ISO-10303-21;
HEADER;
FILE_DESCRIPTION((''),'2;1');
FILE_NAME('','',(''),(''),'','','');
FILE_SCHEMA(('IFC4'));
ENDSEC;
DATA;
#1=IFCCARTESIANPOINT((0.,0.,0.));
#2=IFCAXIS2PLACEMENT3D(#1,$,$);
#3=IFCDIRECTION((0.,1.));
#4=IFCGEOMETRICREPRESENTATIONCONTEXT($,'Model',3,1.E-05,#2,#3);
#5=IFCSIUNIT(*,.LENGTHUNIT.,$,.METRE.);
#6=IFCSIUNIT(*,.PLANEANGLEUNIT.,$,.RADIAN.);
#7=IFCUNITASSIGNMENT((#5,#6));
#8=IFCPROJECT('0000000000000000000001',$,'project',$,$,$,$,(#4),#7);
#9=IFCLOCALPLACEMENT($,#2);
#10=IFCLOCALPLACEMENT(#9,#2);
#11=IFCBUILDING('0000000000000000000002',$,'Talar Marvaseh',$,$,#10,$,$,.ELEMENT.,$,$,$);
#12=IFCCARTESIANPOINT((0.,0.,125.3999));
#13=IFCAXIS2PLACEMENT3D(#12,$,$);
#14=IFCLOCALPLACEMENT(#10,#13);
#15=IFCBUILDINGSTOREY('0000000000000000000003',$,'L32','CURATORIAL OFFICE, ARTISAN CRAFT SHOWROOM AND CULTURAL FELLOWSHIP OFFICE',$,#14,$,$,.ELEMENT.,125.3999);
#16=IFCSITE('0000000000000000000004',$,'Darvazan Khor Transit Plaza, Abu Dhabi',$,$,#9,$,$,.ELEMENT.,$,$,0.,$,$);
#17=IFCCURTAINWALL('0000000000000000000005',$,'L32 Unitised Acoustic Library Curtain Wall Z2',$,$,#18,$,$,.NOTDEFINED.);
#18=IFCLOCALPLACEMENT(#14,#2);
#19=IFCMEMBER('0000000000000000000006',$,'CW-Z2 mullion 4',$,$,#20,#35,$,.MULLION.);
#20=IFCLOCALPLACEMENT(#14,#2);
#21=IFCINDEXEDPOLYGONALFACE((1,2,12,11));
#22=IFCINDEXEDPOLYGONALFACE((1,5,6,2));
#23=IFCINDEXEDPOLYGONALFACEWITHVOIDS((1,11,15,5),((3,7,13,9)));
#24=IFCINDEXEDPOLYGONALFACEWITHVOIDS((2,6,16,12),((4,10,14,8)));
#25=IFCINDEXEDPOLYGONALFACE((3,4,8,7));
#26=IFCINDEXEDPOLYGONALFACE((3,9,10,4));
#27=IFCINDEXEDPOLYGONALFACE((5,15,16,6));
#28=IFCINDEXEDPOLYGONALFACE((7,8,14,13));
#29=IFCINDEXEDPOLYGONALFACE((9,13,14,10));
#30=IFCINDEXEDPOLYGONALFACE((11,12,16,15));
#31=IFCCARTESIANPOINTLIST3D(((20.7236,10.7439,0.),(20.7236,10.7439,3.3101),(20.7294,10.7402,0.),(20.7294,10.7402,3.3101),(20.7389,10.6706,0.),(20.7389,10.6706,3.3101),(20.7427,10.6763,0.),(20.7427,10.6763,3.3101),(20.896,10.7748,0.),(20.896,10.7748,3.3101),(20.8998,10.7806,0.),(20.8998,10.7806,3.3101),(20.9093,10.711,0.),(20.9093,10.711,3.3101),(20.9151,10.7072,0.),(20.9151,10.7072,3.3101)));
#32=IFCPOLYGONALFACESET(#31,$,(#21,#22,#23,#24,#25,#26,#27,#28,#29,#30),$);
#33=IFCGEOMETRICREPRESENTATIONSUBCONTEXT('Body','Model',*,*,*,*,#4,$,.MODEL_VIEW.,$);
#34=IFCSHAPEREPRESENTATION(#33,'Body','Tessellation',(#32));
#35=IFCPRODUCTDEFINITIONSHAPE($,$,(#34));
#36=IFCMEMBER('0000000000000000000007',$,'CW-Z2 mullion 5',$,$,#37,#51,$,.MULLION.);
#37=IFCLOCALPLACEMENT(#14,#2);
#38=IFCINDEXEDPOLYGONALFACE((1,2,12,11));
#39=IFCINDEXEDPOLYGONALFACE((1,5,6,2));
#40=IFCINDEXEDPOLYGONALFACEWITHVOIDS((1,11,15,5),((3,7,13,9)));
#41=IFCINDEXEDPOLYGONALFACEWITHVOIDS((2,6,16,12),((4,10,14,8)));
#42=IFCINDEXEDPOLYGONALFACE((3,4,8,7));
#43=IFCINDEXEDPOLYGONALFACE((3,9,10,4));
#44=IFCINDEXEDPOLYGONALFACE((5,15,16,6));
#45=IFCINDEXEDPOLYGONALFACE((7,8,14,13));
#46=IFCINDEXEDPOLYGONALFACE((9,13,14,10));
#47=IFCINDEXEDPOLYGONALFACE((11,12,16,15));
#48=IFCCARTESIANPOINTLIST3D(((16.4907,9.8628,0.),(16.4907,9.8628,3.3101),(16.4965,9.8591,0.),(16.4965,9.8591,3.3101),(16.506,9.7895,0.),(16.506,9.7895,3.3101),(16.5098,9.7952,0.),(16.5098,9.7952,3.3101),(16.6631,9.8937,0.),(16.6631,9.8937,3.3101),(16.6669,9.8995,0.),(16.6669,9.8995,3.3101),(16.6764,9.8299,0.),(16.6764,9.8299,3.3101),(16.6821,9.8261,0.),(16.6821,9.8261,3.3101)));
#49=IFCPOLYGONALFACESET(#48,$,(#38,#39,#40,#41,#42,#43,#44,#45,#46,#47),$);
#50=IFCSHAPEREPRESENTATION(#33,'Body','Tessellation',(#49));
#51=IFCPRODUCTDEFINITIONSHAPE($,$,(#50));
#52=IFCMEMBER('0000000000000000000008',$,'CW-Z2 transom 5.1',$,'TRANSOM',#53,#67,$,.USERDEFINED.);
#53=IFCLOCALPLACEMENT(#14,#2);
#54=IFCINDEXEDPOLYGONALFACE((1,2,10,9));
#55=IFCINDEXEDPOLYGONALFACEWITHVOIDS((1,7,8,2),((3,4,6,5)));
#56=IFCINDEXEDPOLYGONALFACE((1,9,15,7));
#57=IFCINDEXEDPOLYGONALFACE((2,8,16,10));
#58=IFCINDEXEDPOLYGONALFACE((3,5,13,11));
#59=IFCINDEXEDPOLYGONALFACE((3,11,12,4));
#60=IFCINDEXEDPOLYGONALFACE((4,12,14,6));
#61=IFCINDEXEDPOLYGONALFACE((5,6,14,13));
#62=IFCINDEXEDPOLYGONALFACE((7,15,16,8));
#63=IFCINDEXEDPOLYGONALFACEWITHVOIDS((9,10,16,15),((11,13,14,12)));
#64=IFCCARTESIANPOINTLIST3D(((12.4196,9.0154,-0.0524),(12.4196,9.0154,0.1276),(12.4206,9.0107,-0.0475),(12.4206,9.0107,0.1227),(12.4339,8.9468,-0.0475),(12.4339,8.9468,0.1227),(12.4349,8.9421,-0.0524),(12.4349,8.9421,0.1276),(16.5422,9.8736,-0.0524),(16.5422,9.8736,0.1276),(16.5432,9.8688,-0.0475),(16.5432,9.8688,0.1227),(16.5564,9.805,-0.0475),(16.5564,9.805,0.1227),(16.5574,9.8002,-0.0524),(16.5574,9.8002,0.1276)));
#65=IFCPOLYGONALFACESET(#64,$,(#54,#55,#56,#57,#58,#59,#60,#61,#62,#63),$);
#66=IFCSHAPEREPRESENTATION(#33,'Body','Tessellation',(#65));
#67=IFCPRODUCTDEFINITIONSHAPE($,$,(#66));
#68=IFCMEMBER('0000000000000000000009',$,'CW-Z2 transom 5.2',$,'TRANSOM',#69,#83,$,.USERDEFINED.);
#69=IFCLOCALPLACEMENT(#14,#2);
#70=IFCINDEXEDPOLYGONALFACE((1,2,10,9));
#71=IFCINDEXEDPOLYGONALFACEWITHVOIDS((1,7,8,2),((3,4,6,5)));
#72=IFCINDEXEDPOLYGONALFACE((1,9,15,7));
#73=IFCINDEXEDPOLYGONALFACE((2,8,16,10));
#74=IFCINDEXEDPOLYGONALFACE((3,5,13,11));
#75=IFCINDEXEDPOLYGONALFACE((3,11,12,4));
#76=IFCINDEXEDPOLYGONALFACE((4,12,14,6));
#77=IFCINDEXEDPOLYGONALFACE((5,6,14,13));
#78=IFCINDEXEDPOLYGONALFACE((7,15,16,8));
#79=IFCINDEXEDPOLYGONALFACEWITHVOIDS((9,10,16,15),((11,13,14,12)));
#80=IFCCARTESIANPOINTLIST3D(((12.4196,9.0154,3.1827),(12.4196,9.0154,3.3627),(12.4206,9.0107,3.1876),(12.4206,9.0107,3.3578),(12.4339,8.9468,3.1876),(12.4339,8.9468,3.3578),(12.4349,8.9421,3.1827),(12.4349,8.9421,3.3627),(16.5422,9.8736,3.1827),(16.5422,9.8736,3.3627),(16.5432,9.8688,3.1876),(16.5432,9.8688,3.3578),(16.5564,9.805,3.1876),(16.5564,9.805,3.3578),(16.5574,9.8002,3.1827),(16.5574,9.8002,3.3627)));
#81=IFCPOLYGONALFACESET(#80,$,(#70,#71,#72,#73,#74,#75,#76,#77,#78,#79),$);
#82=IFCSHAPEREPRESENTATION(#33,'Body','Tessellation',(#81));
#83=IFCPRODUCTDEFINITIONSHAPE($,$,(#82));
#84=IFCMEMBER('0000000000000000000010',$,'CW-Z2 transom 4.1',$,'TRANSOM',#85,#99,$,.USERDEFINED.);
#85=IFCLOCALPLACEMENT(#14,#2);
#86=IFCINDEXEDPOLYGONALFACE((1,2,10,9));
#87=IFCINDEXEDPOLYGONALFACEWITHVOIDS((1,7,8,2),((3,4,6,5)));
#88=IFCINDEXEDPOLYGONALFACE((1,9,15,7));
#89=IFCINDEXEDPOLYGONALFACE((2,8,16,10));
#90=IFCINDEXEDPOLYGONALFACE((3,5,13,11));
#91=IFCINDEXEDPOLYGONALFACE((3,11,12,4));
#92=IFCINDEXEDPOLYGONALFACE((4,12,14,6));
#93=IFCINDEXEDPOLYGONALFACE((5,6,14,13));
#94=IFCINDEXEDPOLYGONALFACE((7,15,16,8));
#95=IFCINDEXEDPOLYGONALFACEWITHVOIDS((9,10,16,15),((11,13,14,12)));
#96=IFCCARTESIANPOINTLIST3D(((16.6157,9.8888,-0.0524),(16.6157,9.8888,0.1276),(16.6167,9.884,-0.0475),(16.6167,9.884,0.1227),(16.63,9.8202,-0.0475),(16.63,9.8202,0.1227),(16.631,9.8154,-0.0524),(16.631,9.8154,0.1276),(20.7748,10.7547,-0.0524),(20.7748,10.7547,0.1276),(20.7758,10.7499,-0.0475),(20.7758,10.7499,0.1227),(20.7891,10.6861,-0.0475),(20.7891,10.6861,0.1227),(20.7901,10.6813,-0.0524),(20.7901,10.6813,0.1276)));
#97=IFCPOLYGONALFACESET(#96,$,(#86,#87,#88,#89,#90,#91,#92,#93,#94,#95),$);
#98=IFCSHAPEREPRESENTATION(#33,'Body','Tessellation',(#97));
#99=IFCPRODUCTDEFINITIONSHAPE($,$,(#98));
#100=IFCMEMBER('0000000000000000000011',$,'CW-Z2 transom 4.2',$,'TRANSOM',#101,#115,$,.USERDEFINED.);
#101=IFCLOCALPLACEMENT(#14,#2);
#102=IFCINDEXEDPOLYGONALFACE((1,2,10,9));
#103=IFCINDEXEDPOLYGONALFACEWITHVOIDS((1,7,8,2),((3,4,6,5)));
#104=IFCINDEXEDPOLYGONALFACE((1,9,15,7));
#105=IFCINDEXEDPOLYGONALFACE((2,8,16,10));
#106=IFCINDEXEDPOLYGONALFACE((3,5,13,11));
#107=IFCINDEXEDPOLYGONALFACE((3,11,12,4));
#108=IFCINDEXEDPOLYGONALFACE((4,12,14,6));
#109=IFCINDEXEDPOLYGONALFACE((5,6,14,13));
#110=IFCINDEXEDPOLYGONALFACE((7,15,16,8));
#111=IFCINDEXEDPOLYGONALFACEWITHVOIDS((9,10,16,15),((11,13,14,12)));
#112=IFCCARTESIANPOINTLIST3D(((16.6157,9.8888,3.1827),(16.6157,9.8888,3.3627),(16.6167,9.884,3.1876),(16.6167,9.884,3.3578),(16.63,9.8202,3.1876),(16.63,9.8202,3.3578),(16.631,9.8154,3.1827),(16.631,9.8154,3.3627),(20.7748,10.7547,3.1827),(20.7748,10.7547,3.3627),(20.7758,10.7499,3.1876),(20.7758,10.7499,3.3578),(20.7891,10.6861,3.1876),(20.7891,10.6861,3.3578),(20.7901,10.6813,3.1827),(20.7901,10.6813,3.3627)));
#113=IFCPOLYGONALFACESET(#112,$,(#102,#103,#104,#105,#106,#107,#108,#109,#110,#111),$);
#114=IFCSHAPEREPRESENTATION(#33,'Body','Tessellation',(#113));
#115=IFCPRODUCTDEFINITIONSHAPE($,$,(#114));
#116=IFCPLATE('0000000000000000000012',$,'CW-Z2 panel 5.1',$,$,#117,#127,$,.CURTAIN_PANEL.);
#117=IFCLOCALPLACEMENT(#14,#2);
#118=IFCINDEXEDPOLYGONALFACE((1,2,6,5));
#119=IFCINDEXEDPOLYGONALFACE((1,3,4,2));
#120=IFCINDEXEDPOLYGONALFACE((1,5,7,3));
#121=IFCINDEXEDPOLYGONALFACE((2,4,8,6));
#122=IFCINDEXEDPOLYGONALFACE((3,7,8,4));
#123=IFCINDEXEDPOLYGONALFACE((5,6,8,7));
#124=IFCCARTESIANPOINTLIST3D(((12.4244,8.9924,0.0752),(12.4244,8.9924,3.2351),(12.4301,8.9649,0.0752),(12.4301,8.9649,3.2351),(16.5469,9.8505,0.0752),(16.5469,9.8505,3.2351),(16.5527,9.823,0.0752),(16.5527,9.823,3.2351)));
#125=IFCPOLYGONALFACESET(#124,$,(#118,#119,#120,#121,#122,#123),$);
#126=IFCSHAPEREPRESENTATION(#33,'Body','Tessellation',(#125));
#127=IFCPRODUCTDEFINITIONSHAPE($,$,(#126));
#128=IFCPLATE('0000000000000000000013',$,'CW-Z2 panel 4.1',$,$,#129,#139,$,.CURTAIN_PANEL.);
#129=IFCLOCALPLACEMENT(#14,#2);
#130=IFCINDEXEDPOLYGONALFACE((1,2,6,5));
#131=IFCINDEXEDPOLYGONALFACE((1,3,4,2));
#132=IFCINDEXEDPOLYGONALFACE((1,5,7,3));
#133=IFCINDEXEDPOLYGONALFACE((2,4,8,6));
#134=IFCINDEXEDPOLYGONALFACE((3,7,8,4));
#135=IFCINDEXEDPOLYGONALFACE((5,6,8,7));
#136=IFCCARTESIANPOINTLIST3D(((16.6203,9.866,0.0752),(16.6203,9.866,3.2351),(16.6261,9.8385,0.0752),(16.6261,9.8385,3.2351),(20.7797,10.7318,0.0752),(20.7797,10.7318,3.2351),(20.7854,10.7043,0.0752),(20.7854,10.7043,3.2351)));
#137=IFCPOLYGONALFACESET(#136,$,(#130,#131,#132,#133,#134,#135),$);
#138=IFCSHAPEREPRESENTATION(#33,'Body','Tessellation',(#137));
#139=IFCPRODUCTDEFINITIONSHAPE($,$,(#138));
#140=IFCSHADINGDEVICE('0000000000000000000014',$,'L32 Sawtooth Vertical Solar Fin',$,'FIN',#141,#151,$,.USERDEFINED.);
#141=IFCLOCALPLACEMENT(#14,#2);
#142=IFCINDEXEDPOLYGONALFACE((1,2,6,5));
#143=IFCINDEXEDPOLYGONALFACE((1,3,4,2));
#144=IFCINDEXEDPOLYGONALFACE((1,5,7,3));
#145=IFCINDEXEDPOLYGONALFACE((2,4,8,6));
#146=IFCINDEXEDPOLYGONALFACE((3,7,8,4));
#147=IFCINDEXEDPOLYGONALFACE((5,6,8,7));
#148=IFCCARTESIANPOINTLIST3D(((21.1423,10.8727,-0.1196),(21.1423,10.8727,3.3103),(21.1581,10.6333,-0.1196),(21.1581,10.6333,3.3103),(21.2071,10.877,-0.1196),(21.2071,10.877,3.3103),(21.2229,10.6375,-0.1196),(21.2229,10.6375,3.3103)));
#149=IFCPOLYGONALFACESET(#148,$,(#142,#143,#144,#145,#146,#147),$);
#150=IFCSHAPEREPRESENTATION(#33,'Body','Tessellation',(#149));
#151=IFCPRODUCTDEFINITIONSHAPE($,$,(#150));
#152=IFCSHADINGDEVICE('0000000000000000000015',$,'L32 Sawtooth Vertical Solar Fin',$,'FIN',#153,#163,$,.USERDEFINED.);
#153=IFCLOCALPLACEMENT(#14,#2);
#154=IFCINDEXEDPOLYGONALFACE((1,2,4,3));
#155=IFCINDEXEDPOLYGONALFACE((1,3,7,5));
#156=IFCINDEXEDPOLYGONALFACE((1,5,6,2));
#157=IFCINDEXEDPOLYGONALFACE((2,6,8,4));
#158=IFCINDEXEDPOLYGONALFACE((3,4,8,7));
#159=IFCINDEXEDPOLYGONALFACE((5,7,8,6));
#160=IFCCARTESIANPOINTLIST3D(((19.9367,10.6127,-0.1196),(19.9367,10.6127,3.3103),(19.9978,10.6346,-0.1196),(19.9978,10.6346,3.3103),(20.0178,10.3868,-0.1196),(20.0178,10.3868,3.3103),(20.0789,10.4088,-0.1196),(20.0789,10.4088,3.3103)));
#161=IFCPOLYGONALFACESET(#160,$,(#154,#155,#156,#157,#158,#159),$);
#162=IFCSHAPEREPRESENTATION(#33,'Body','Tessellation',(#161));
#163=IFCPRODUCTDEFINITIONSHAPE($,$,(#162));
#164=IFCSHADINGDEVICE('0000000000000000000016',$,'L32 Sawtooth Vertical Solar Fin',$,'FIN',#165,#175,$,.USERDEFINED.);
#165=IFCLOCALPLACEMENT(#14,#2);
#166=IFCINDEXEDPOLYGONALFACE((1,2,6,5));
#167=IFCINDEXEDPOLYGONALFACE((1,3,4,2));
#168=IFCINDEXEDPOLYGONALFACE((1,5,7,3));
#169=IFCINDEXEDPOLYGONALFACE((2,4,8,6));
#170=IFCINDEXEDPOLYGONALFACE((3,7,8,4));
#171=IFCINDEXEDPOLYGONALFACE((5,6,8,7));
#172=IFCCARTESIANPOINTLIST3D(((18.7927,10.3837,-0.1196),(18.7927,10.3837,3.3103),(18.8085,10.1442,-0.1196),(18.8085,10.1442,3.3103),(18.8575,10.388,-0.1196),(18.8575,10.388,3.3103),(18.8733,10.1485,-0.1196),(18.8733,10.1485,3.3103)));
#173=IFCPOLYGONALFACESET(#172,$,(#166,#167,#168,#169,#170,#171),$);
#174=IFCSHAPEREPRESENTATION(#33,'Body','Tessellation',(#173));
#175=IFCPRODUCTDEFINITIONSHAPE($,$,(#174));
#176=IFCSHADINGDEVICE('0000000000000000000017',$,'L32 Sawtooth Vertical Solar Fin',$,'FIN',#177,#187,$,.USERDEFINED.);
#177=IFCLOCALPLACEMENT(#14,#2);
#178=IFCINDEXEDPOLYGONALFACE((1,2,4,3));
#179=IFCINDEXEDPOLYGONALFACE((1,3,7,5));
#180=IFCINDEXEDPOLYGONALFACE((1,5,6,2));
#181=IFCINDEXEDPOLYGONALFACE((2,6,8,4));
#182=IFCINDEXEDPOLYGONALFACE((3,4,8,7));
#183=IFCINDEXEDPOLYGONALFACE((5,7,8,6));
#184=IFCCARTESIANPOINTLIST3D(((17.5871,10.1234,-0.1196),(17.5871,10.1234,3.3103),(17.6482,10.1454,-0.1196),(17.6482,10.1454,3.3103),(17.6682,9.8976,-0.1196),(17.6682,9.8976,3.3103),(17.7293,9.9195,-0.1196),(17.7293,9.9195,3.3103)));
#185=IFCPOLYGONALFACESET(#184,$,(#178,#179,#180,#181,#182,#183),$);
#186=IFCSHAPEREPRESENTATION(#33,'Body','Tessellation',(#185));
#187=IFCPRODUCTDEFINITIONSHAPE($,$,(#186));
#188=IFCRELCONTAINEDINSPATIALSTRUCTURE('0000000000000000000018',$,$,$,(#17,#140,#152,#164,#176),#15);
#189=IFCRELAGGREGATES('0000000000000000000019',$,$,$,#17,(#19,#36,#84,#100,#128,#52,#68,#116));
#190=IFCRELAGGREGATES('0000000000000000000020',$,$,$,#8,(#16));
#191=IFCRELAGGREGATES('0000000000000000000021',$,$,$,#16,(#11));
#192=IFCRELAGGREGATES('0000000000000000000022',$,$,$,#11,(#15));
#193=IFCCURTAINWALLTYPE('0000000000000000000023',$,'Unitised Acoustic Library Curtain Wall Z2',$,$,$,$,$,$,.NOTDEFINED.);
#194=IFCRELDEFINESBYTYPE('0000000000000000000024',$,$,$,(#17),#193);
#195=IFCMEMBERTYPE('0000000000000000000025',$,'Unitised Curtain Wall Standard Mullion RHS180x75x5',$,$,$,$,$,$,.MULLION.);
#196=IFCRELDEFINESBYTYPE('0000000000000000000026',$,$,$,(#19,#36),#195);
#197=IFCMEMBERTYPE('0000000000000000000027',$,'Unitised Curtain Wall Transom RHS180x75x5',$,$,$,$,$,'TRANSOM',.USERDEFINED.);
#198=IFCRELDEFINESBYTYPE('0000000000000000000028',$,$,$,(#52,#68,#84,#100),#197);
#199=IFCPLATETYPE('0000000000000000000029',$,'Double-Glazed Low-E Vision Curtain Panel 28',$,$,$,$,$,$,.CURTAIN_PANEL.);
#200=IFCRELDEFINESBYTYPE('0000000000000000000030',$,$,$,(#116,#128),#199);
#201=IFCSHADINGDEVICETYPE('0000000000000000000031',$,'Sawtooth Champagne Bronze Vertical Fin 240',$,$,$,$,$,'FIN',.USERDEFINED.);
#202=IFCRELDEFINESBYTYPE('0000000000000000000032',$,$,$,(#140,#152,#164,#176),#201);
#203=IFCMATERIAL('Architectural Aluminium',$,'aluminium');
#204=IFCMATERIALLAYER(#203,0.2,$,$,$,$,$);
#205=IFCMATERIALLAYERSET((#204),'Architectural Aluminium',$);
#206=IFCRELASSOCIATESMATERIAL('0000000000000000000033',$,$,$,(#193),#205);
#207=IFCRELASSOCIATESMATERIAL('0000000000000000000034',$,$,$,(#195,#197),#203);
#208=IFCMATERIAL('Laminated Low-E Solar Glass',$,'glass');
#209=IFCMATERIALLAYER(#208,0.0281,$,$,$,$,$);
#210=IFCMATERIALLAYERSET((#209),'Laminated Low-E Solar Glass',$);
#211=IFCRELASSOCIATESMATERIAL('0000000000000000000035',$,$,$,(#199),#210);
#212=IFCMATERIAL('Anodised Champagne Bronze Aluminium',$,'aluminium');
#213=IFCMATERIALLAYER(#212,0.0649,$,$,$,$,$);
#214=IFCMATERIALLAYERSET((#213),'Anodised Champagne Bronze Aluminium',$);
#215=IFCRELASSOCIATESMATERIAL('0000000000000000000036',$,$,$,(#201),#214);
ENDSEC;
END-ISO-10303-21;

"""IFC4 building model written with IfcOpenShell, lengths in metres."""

from ifc_helpers import new_model, si_unit, direction, frame, origin, origin_2d, place, context, subcontext, project, spatial, rectangle, hollow_rectangle, extrude, source, transform, mapped, material, layer, layer_set, material_profile, profile_set, type_object, type_shapes, element, aggregate, save


model = new_model("IFC4")

# Units and contexts
model_context = context("Model", 3, precision=1e-05, world=origin(), true_north=direction((0.0, 1.0)))
body_context = subcontext(model_context, "Body", "Model", "MODEL_VIEW")
ifc_project = project(units=[si_unit("LENGTHUNIT", "METRE"), si_unit("PLANEANGLEUNIT", "RADIAN")], contexts=[model_context])

# Site, building, storey
site_placement = place(None, origin())
site = spatial("IfcSite", under=ifc_project, at=site_placement, Name="Darvazan Khor Transit Plaza, Abu Dhabi", CompositionType="ELEMENT", RefElevation=0.0)
building_placement = place(site_placement, origin())
building = spatial("IfcBuilding", under=site, at=building_placement, Name="Talar Marvaseh", CompositionType="ELEMENT")
storey_placement = place(building_placement, frame((0.0, 0.0, 125.3999)))
storey = spatial("IfcBuildingStorey", under=building, at=storey_placement, Name="L32", Description="CURATORIAL OFFICE, ARTISAN CRAFT SHOWROOM AND CULTURAL FELLOWSHIP OFFICE", CompositionType="ELEMENT", Elevation=125.3999)

# Curtain wall, members, plates
ifc_material_1 = material(Name="Architectural Aluminium", Category="aluminium")
ifc_layer_1 = layer(ifc_material_1, 0.2)
ifc_layer_set_1 = layer_set([ifc_layer_1], Name="Architectural Aluminium")
curtain_wall_type = type_object("IfcCurtainWallType", Name="Unitised Acoustic Library Curtain Wall Z2", PredefinedType="NOTDEFINED", material=ifc_layer_set_1)
curtain_wall_placement = place(storey_placement, origin())
curtain_wall = element("IfcCurtainWall", 1, at=curtain_wall_placement, inside=storey, type_object=curtain_wall_type, Name="L32 Unitised Acoustic Library Curtain Wall Z2", PredefinedType="NOTDEFINED")
ifc_material_profile_1 = material_profile(ifc_material_1, hollow_rectangle(XDim=0.075, YDim=0.1799, WallThickness=0.0049, at=origin_2d()), Name="RHS180x75x5")
ifc_profile_set_1 = profile_set([ifc_material_profile_1], Name="Architectural Aluminium")
member_type_1 = type_object("IfcMemberType", Name="Unitised Curtain Wall Standard Mullion RHS180x75x5", PredefinedType="MULLION", material=ifc_profile_set_1)
shared_shape_1 = source(origin(), body_context, "Body", "SweptSolid", [
    extrude(hollow_rectangle(XDim=0.075, YDim=0.1799, WallThickness=0.0049, at=origin_2d()), origin(), (0.0, 0.0, 1.0), 3.3101),
])
type_shapes(member_type_1, [shared_shape_1])
member_1_placement = place(storey_placement, frame((20.8193, 10.7256, 0.0), z_axis=(0.0, 0.0, 1.0), x_axis=(0.203792, -0.979014, 0.0)))
member_1 = element("IfcMember", 2, at=member_1_placement, type_object=member_type_1, Name="CW-Z2 mullion 4", PredefinedType="MULLION", context=body_context, shape_type="MappedRepresentation", body=[
    mapped(shared_shape_1, transform((0.0, 0.0, 0.0), x_axis=(1.0, 0.0, 0.0), y_axis=(0.0, 1.0, 0.0), z_axis=(0.0, 0.0, 1.0), scale=1.0)),
])
member_2_placement = place(storey_placement, frame((16.5864, 9.8445, 0.0), z_axis=(0.0, 0.0, 1.0), x_axis=(0.203792, -0.979014, 0.0)))
member_2 = element("IfcMember", 3, at=member_2_placement, type_object=member_type_1, Name="CW-Z2 mullion 5", PredefinedType="MULLION", context=body_context, shape_type="MappedRepresentation", body=[
    mapped(shared_shape_1, transform((0.0, 0.0, 0.0), x_axis=(1.0, 0.0, 0.0), y_axis=(0.0, 1.0, 0.0), z_axis=(0.0, 0.0, 1.0), scale=1.0)),
])
ifc_material_profile_2 = material_profile(ifc_material_1, hollow_rectangle(XDim=0.075, YDim=0.1799, WallThickness=0.0049, at=origin_2d()), Name="RHS180x75x5")
ifc_profile_set_2 = profile_set([ifc_material_profile_2], Name="Architectural Aluminium")
member_type_2 = type_object("IfcMemberType", Name="Unitised Curtain Wall Transom RHS180x75x5", ElementType="TRANSOM", PredefinedType="USERDEFINED", material=ifc_profile_set_2)
shared_shape_2 = source(origin(), body_context, "Body", "SweptSolid", [
    extrude(hollow_rectangle(XDim=0.075, YDim=0.1799, WallThickness=0.0049, at=origin_2d()), origin(), (0.0, 0.0, 1.0), 4.2109),
])
member_3_placement = place(storey_placement, frame((16.5498, 9.8369, 0.0376), z_axis=(-0.979014, -0.203792, 0.0), x_axis=(0.203792, -0.979014, 0.0)))
member_3 = element("IfcMember", 4, at=member_3_placement, type_object=member_type_2, Name="CW-Z2 transom 5.1", ObjectType="TRANSOM", PredefinedType="USERDEFINED", context=body_context, shape_type="MappedRepresentation", body=[
    mapped(shared_shape_2, transform((0.0, 0.0, 0.0), x_axis=(1.0, 0.0, 0.0), y_axis=(0.0, 1.0, 0.0), z_axis=(0.0, 0.0, 1.0), scale=1.0)),
])
member_4_placement = place(storey_placement, frame((16.5498, 9.8369, 3.2727), z_axis=(-0.979014, -0.203792, 0.0), x_axis=(0.203792, -0.979014, 0.0)))
member_4 = element("IfcMember", 5, at=member_4_placement, type_object=member_type_2, Name="CW-Z2 transom 5.2", ObjectType="TRANSOM", PredefinedType="USERDEFINED", context=body_context, shape_type="MappedRepresentation", body=[
    mapped(shared_shape_2, transform((0.0, 0.0, 0.0), x_axis=(1.0, 0.0, 0.0), y_axis=(0.0, 1.0, 0.0), z_axis=(0.0, 0.0, 1.0), scale=1.0)),
])
shared_shape_3 = source(origin(), body_context, "Body", "SweptSolid", [
    extrude(hollow_rectangle(XDim=0.075, YDim=0.1799, WallThickness=0.0049, at=origin_2d()), origin(), (0.0, 0.0, 1.0), 4.2483),
])
type_shapes(member_type_2, [shared_shape_2, shared_shape_3])
member_5_placement = place(storey_placement, frame((20.7825, 10.718, 0.0376), z_axis=(-0.979005, -0.203835, 0.0), x_axis=(0.203835, -0.979005, 0.0)))
member_5 = element("IfcMember", 6, at=member_5_placement, type_object=member_type_2, Name="CW-Z2 transom 4.1", ObjectType="TRANSOM", PredefinedType="USERDEFINED", context=body_context, shape_type="MappedRepresentation", body=[
    mapped(shared_shape_3, transform((0.0, 0.0, 0.0), x_axis=(1.0, 0.0, 0.0), y_axis=(0.0, 1.0, 0.0), z_axis=(0.0, 0.0, 1.0), scale=1.0)),
])
member_6_placement = place(storey_placement, frame((20.7825, 10.718, 3.2727), z_axis=(-0.979005, -0.203835, 0.0), x_axis=(0.203835, -0.979005, 0.0)))
member_6 = element("IfcMember", 7, at=member_6_placement, type_object=member_type_2, Name="CW-Z2 transom 4.2", ObjectType="TRANSOM", PredefinedType="USERDEFINED", context=body_context, shape_type="MappedRepresentation", body=[
    mapped(shared_shape_3, transform((0.0, 0.0, 0.0), x_axis=(1.0, 0.0, 0.0), y_axis=(0.0, 1.0, 0.0), z_axis=(0.0, 0.0, 1.0), scale=1.0)),
])
ifc_material_2 = material(Name="Laminated Low-E Solar Glass", Category="glass")
ifc_layer_2 = layer(ifc_material_2, 0.0281)
ifc_layer_set_2 = layer_set([ifc_layer_2], Name="Laminated Low-E Solar Glass")
plate_type = type_object("IfcPlateType", Name="Double-Glazed Low-E Vision Curtain Panel 28", PredefinedType="CURTAIN_PANEL", material=ifc_layer_set_2)
shared_shape_4 = source(origin(), body_context, "Body", "SweptSolid", [
    extrude(rectangle(XDim=4.2109, YDim=0.0281, at=origin_2d()), origin(), (0.0, 0.0, 1.0), 3.1599),
])
plate_1_placement = place(storey_placement, frame((14.4885, 9.4077, 0.0752), z_axis=(0.0, 0.0, 1.0), x_axis=(-0.979014, -0.203792, 0.0)))
plate_1 = element("IfcPlate", 8, at=plate_1_placement, type_object=plate_type, Name="CW-Z2 panel 5.1", PredefinedType="CURTAIN_PANEL", context=body_context, shape_type="MappedRepresentation", body=[
    mapped(shared_shape_4, transform((0.0, 0.0, 0.0), x_axis=(1.0, 0.0, 0.0), y_axis=(0.0, 1.0, 0.0), z_axis=(0.0, 0.0, 1.0), scale=1.0)),
])
shared_shape_5 = source(origin(), body_context, "Body", "SweptSolid", [
    extrude(rectangle(XDim=4.2485, YDim=0.0281, at=origin_2d()), origin(), (0.0, 0.0, 1.0), 3.1599),
])
type_shapes(plate_type, [shared_shape_4, shared_shape_5])
plate_2_placement = place(storey_placement, frame((18.7029, 10.2852, 0.0752), z_axis=(0.0, 0.0, 1.0), x_axis=(-0.979014, -0.203792, 0.0)))
plate_2 = element("IfcPlate", 9, at=plate_2_placement, type_object=plate_type, Name="CW-Z2 panel 4.1", PredefinedType="CURTAIN_PANEL", context=body_context, shape_type="MappedRepresentation", body=[
    mapped(shared_shape_5, transform((0.0, 0.0, 0.0), x_axis=(1.0, 0.0, 0.0), y_axis=(0.0, 1.0, 0.0), z_axis=(0.0, 0.0, 1.0), scale=1.0)),
])
aggregate(curtain_wall, [member_1, member_2, member_5, member_6, plate_2, member_3, member_4, plate_1])

# Shading devices
ifc_material_3 = material(Name="Anodised Champagne Bronze Aluminium", Category="aluminium")
ifc_layer_3 = layer(ifc_material_3, 0.0649)
ifc_layer_set_3 = layer_set([ifc_layer_3], Name="Anodised Champagne Bronze Aluminium")
shading_device_type = type_object("IfcShadingDeviceType", Name="Sawtooth Champagne Bronze Vertical Fin 240", ElementType="FIN", PredefinedType="USERDEFINED", material=ifc_layer_set_3)
shared_shape_6 = source(origin(), body_context, "Body", "SweptSolid", [
    extrude(rectangle(XDim=0.24, YDim=0.0649, at=origin_2d()), origin(), (0.0, 0.0, 1.0), 3.4299),
])
type_shapes(shading_device_type, [shared_shape_6])
for number, where, z_axis, x_axis, name in (
    (10, (21.1826, 10.7551, -0.1196), (0.0, 0.0, 1.0), (0.065577, -0.997847, 0.0), "L32 Sawtooth Vertical Solar Fin"),
    (11, (20.0078, 10.5107, -0.1196), (0.0, 0.0, 1.0), (0.338081, -0.941117, 0.0), "L32 Sawtooth Vertical Solar Fin"),
    (12, (18.833, 10.2661, -0.1196), (0.0, 0.0, 1.0), (0.065577, -0.997847, 0.0), "L32 Sawtooth Vertical Solar Fin"),
    (13, (17.6582, 10.0215, -0.1196), (0.0, 0.0, 1.0), (0.338081, -0.941117, 0.0), "L32 Sawtooth Vertical Solar Fin"),
):
    element("IfcShadingDevice", number, at=place(storey_placement, frame(where, z_axis=z_axis, x_axis=x_axis)), inside=storey, type_object=shading_device_type, Name=name, ObjectType="FIN", PredefinedType="USERDEFINED", context=body_context, shape_type="MappedRepresentation", body=[
        mapped(shared_shape_6, transform((0.0, 0.0, 0.0), x_axis=(1.0, 0.0, 0.0), y_axis=(0.0, 1.0, 0.0), z_axis=(0.0, 0.0, 1.0), scale=1.0)),
    ])

save(model, "model.ifc")
